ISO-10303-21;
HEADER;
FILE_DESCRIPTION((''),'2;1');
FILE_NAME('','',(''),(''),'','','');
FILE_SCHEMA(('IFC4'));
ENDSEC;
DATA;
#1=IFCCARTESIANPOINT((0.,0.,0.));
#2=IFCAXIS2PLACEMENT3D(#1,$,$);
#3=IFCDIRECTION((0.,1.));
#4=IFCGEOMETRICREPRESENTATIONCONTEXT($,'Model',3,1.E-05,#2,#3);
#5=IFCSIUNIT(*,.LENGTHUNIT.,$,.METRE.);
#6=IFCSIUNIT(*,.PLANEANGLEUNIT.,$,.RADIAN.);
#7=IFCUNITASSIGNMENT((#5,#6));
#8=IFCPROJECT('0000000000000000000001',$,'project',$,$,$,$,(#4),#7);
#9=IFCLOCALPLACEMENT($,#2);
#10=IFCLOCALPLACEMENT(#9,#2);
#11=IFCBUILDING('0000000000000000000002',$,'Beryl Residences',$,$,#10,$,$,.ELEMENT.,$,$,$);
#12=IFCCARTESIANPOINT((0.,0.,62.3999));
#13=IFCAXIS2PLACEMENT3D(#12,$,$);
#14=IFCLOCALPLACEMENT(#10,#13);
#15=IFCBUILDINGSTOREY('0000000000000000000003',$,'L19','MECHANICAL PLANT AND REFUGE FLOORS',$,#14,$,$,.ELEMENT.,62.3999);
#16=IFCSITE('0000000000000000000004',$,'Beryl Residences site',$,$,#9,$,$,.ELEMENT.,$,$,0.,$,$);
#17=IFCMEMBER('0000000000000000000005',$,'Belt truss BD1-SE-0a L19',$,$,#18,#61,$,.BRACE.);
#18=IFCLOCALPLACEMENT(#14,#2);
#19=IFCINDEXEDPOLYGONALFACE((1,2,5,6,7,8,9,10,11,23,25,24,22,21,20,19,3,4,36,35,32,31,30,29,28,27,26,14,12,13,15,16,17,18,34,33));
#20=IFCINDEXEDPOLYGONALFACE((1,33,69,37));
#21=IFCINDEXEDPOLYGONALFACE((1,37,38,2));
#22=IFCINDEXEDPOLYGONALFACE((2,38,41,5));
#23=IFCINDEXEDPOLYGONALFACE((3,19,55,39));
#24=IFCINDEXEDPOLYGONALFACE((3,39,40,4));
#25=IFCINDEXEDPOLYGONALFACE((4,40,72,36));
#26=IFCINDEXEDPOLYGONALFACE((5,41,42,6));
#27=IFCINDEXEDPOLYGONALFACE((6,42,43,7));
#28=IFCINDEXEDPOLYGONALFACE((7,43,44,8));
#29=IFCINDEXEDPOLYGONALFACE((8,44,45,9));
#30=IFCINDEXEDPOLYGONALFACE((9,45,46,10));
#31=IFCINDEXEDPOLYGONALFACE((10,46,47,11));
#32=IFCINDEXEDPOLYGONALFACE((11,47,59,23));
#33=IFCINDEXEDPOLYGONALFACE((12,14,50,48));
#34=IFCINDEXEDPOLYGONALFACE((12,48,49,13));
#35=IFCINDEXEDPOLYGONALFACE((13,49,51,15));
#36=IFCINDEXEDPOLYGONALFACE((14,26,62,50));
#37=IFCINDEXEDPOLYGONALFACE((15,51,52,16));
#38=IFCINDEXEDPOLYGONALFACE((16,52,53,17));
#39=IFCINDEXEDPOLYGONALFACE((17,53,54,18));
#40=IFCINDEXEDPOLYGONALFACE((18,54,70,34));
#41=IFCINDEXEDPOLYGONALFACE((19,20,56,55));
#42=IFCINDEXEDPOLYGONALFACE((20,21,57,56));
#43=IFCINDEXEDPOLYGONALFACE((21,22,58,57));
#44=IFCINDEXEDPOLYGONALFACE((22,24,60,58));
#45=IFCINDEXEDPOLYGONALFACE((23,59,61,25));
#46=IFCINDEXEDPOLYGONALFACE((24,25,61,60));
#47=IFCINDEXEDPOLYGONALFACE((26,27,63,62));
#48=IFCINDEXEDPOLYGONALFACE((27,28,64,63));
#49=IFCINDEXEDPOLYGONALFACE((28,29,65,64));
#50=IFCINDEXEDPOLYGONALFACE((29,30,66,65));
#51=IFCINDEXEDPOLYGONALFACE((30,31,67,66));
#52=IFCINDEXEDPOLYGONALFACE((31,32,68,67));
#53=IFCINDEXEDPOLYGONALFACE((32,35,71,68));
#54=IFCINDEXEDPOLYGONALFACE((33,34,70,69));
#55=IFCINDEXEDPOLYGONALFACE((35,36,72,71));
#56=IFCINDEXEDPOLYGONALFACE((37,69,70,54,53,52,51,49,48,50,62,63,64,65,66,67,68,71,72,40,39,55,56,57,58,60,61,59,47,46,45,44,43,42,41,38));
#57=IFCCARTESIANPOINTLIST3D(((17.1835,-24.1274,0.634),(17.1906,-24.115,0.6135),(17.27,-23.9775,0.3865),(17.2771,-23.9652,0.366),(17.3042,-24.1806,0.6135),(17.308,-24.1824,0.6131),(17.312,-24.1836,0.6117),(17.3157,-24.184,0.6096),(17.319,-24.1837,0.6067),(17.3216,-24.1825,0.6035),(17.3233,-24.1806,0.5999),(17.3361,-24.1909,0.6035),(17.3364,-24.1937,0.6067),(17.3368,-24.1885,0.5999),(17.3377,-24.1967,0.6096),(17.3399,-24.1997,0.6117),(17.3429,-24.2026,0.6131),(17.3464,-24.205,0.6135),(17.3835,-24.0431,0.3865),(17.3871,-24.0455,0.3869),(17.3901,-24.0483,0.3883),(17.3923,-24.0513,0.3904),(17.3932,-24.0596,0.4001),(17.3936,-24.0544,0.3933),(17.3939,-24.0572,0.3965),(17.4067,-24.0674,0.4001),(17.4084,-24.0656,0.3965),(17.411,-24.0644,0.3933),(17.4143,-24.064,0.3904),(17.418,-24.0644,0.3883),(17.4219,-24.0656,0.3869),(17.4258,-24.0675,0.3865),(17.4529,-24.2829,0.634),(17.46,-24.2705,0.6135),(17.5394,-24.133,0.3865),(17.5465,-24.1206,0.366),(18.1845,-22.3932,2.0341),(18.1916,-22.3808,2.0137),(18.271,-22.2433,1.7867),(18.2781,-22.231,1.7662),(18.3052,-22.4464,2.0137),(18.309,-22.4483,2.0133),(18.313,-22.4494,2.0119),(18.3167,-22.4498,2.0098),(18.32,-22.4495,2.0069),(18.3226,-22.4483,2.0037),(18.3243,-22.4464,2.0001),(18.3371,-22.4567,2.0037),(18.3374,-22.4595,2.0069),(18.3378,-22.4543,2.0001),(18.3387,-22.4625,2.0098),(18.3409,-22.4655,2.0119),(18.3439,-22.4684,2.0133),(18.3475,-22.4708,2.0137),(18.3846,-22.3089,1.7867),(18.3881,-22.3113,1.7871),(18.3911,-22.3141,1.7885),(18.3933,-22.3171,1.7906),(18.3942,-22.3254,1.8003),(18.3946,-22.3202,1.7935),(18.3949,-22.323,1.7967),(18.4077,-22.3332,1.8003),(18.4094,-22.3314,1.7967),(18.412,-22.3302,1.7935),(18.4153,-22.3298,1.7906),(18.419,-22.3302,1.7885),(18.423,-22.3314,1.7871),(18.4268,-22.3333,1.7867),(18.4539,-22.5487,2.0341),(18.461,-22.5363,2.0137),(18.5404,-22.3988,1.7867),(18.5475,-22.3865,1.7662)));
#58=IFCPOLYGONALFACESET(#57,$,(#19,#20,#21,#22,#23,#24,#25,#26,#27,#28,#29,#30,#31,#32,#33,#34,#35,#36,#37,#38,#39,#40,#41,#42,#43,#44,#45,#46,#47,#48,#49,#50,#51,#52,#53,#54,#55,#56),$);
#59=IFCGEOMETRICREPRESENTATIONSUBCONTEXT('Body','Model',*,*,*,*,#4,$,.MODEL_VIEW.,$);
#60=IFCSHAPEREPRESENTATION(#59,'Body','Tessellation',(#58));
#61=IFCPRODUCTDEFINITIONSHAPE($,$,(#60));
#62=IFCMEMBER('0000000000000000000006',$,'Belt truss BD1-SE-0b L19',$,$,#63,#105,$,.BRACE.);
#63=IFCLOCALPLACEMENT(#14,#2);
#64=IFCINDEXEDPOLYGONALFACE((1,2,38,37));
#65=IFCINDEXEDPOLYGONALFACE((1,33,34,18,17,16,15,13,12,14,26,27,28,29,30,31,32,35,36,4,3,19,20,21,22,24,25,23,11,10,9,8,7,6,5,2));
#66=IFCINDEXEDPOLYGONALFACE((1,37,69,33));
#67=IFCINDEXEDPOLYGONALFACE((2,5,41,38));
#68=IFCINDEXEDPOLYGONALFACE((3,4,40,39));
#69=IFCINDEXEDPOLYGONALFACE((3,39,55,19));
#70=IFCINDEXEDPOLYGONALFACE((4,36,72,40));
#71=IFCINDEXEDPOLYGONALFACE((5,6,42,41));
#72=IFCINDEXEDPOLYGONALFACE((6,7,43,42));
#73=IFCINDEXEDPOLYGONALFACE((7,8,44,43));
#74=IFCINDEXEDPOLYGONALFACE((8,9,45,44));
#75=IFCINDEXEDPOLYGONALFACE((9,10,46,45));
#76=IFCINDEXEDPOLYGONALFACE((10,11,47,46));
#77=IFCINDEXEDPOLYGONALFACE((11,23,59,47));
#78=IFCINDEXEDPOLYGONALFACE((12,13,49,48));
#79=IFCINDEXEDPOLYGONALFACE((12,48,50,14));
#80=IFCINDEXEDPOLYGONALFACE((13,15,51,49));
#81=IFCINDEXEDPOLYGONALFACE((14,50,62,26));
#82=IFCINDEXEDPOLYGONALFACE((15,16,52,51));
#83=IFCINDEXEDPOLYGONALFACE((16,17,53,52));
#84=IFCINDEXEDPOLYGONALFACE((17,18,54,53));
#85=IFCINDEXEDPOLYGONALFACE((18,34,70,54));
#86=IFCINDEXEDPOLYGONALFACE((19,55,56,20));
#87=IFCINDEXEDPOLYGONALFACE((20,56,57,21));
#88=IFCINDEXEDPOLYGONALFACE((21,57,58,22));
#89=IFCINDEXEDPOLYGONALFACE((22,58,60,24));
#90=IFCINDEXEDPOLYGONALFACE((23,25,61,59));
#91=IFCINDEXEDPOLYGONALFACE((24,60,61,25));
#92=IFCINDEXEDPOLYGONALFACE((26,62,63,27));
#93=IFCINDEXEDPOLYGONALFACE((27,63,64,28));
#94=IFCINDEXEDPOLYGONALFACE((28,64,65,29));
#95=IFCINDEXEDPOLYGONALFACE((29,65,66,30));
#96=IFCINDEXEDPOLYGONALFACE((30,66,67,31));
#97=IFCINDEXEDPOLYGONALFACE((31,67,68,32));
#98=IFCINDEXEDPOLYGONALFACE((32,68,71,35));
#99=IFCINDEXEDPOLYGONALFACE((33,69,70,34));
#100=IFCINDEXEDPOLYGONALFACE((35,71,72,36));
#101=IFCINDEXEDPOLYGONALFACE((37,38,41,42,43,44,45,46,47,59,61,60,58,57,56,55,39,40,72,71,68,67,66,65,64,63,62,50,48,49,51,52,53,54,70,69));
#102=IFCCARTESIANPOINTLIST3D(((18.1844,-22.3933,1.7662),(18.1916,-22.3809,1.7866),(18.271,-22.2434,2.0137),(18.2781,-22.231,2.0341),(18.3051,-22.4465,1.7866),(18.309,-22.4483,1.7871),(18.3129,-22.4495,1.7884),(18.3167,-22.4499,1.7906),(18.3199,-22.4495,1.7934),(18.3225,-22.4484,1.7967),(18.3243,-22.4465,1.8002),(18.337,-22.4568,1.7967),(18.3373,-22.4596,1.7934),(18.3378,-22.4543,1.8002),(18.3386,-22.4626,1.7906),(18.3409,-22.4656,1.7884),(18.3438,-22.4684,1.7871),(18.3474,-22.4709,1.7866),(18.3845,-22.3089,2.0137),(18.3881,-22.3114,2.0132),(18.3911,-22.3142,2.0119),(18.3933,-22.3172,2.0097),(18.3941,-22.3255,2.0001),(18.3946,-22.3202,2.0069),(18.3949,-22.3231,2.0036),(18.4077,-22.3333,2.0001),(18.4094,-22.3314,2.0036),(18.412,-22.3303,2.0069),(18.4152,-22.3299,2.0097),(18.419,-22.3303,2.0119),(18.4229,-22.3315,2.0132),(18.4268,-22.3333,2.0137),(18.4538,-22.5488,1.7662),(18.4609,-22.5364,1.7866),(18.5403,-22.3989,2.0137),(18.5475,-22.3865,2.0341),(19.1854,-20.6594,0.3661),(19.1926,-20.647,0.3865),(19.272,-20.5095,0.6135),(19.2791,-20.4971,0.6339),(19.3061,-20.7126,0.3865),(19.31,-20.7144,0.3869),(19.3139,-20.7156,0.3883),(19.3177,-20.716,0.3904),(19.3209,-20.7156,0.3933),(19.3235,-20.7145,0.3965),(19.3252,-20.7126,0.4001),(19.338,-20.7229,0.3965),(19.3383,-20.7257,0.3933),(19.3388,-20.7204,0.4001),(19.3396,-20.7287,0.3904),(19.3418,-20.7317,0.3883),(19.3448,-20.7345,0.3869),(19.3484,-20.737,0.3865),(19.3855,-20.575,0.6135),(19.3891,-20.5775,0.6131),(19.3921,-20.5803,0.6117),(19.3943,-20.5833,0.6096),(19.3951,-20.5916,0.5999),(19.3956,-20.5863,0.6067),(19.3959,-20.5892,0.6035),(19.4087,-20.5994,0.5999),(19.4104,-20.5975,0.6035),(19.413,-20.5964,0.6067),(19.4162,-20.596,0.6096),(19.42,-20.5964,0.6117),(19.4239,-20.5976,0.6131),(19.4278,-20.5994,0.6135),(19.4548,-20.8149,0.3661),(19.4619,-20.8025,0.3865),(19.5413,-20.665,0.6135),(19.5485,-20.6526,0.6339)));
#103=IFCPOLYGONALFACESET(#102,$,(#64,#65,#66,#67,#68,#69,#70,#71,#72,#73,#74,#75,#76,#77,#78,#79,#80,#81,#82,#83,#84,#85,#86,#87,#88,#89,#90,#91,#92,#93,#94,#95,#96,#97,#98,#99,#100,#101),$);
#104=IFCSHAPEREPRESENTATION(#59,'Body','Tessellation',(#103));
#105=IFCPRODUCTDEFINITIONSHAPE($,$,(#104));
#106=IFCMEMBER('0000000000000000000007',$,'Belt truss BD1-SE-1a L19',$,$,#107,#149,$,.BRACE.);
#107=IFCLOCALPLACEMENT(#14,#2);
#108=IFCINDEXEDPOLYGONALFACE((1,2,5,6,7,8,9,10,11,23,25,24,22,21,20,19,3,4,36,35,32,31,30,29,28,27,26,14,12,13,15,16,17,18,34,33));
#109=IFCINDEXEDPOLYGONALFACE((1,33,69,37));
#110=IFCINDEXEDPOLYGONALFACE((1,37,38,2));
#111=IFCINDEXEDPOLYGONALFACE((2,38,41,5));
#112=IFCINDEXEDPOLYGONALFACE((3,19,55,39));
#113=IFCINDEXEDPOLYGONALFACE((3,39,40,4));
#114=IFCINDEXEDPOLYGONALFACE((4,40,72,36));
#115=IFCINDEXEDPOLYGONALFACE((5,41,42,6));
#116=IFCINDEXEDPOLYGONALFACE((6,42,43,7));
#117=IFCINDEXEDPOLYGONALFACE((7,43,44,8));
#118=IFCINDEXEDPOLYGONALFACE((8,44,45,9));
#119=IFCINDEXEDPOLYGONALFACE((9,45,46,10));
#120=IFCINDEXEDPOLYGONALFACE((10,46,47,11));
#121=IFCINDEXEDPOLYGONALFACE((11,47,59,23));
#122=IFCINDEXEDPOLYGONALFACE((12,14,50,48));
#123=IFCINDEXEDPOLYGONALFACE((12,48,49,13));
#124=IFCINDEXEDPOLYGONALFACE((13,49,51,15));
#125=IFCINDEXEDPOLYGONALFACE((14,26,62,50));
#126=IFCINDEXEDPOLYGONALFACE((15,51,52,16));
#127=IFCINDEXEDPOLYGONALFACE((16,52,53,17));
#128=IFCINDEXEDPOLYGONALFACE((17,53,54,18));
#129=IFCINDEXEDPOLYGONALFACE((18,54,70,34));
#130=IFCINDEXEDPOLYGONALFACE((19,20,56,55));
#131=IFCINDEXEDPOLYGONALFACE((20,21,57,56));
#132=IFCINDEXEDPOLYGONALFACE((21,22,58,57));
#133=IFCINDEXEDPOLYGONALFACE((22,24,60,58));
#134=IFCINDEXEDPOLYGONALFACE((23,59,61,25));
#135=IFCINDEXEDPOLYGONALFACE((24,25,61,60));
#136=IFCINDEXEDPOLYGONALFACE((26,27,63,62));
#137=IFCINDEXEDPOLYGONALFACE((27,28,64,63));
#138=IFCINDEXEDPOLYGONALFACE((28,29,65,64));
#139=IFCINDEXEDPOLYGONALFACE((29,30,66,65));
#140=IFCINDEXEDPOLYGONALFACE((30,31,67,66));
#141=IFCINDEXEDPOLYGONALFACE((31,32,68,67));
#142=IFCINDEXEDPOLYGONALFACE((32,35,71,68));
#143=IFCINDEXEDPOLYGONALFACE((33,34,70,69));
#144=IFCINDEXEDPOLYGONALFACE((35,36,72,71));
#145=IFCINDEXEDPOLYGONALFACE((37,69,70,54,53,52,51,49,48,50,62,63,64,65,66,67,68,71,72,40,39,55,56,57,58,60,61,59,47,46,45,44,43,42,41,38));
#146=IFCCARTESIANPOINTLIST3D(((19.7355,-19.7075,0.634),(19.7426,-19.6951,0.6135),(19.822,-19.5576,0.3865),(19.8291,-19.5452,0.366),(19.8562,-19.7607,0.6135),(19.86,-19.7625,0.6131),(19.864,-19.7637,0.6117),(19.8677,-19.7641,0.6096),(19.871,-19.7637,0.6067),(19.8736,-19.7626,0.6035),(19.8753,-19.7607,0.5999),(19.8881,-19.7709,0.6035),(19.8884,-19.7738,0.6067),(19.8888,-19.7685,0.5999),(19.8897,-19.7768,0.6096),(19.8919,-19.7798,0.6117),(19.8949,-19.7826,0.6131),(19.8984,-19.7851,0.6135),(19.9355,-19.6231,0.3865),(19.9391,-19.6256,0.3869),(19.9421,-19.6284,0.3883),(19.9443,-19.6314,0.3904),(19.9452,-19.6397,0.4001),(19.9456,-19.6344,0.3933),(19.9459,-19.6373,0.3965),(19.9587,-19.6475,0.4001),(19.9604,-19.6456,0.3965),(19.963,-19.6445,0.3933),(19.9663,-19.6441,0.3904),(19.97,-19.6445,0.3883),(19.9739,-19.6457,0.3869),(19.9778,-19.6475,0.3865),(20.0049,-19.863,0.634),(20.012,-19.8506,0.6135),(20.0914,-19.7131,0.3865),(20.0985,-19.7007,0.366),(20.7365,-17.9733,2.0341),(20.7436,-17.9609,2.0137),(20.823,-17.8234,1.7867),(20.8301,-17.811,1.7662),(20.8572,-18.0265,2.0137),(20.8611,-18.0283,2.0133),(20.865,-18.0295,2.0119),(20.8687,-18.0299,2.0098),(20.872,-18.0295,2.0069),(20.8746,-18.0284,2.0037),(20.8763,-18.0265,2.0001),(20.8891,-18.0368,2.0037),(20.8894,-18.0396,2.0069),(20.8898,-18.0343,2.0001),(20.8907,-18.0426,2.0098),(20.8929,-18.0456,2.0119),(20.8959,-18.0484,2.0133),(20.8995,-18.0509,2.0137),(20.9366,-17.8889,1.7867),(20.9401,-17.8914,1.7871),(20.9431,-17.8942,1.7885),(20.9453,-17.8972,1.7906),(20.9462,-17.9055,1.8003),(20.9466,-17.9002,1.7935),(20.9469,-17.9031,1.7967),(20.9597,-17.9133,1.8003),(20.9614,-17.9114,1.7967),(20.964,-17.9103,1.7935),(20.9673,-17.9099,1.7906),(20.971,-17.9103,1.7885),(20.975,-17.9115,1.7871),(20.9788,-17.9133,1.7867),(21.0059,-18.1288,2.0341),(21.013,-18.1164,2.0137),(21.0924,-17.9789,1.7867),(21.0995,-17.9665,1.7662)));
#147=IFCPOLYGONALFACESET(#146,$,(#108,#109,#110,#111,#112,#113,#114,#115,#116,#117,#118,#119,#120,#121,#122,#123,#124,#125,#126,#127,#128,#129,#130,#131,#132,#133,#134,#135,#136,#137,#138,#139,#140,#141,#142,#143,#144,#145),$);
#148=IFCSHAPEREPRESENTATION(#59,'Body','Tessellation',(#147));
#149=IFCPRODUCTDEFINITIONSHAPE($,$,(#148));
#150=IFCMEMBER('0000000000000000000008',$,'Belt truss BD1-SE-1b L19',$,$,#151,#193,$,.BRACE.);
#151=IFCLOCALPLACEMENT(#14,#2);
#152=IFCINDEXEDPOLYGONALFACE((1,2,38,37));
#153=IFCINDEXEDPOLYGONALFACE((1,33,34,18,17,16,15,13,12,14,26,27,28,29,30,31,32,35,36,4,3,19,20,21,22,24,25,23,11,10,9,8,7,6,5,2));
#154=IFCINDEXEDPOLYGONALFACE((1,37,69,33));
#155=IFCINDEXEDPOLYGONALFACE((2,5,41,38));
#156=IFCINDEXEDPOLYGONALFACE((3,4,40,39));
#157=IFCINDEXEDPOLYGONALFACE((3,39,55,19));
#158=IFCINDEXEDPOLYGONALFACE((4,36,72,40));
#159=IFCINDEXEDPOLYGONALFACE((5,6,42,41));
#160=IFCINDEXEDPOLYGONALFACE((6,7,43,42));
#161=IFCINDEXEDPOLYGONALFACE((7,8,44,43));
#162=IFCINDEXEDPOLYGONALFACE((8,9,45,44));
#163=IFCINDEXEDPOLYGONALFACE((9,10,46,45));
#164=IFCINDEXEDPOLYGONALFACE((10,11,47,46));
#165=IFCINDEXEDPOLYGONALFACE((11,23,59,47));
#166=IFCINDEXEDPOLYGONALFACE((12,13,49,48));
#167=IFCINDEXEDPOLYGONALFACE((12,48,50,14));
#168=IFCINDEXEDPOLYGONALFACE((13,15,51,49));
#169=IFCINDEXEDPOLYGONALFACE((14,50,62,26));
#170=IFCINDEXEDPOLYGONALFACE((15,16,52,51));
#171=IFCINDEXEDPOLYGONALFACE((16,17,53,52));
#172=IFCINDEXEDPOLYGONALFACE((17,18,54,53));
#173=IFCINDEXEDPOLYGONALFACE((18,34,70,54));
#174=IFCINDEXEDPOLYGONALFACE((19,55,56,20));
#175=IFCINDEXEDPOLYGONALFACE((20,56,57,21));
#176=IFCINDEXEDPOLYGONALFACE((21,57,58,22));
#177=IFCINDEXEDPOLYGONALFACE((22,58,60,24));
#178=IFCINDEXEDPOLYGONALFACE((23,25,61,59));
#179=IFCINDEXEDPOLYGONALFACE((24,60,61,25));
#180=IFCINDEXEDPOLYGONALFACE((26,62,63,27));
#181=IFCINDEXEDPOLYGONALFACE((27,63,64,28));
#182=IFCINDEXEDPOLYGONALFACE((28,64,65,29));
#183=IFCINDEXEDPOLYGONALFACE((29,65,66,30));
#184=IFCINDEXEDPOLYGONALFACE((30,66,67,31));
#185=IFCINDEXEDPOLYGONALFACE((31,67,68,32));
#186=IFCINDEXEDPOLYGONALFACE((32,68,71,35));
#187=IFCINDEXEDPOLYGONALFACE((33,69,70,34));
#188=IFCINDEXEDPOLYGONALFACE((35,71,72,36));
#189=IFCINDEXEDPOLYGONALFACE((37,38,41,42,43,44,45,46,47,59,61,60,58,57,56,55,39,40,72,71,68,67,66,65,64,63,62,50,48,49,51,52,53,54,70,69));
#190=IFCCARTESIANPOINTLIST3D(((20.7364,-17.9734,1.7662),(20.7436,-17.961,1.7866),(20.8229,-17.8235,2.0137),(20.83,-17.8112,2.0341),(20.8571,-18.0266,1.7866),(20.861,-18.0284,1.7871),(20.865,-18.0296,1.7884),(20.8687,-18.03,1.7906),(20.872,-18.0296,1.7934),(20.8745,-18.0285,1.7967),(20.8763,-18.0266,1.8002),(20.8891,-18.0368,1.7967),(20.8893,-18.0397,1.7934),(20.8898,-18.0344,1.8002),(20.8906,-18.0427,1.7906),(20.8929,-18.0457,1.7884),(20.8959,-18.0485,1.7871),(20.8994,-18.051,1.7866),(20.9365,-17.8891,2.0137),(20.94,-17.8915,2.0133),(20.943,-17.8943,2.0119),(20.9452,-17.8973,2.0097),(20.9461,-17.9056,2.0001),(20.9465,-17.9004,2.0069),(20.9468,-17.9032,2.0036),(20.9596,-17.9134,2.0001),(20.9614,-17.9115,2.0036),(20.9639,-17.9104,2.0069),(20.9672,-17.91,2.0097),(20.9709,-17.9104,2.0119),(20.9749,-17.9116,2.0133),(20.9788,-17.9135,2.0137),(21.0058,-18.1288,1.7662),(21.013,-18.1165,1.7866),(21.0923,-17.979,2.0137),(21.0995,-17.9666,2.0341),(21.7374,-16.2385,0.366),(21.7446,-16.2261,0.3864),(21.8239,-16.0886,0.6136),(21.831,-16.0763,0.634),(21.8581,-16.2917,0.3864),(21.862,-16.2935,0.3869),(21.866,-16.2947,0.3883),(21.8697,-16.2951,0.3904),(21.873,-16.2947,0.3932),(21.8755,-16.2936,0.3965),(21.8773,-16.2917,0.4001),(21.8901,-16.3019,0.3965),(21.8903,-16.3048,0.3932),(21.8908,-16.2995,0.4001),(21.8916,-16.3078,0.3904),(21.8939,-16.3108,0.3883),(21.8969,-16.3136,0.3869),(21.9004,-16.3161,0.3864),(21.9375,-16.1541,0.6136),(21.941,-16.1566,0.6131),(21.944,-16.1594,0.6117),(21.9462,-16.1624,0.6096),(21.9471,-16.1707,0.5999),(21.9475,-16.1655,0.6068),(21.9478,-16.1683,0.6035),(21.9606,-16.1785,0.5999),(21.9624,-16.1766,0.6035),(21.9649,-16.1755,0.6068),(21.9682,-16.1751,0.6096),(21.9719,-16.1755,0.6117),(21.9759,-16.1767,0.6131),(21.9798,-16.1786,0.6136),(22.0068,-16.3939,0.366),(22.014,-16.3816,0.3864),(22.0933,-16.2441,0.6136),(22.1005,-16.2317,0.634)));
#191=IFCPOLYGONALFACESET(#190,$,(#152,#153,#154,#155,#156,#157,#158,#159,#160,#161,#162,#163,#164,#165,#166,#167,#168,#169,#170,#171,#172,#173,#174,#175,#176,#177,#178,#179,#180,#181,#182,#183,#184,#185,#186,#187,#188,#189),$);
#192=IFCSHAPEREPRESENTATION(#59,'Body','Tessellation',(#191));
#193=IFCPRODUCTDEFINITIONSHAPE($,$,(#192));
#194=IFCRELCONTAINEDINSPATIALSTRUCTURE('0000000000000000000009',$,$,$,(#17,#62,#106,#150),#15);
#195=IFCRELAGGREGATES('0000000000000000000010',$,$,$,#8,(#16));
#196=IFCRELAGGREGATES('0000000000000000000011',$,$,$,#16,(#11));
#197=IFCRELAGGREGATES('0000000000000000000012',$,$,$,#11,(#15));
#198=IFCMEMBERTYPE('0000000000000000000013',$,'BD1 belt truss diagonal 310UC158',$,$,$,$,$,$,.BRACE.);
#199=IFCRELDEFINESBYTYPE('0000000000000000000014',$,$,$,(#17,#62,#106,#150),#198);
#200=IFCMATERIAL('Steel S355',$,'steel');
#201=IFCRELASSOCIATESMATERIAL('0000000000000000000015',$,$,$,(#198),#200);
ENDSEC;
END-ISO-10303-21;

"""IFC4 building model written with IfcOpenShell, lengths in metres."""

from ifc_helpers import new_model, si_unit, direction, frame, origin, origin_2d, place, context, subcontext, project, spatial, i_section, extrude, material, material_profile, profile_set, type_object, element, save


model = new_model("IFC4")

# Units and contexts
model_context = context("Model", 3, precision=1e-05, world=origin(), true_north=direction((0.0, 1.0)))
body_context = subcontext(model_context, "Body", "Model", "MODEL_VIEW")
ifc_project = project(units=[si_unit("LENGTHUNIT", "METRE"), si_unit("PLANEANGLEUNIT", "RADIAN")], contexts=[model_context])

# Site, building, storey
site_placement = place(None, origin())
site = spatial("IfcSite", under=ifc_project, at=site_placement, Name="Beryl Residences site", CompositionType="ELEMENT", RefElevation=0.0)
building_placement = place(site_placement, origin())
building = spatial("IfcBuilding", under=site, at=building_placement, Name="Beryl Residences", CompositionType="ELEMENT")
storey_placement = place(building_placement, frame((0.0, 0.0, 62.3999)))
storey = spatial("IfcBuildingStorey", under=building, at=storey_placement, Name="L19", Description="MECHANICAL PLANT AND REFUGE FLOORS", CompositionType="ELEMENT", Elevation=62.3999)

# Members
ifc_material_1 = material(Name="Steel S355", Category="steel")
ifc_material_profile_1 = material_profile(ifc_material_1, i_section(OverallWidth=0.311, OverallDepth=0.3269, WebThickness=0.0156, FlangeThickness=0.0249, FilletRadius=0.0166, at=origin_2d()))
ifc_profile_set_1 = profile_set([ifc_material_profile_1], Name="Steel S355")
member_type_1 = type_object("IfcMemberType", Name="BD1 belt truss diagonal 310UC158", PredefinedType="BRACE", material=ifc_profile_set_1)
member_1_placement = place(storey_placement, frame((17.365, -24.124, 0.5), z_axis=(0.409687, 0.709758, 0.573062), x_axis=(-0.866074, 0.499916, 0.0)))
element("IfcMember", 1, at=member_1_placement, inside=storey, type_object=member_type_1, Name="Belt truss BD1-SE-0a L19", PredefinedType="BRACE", context=body_context, shape_type="SweptSolid", body=[
    extrude(i_section(OverallWidth=0.311, OverallDepth=0.3269, WebThickness=0.0156, FlangeThickness=0.0249, FilletRadius=0.0166, at=origin_2d()), origin(), (0.0, 0.0, 1.0), 2.4434),
])
member_2_placement = place(storey_placement, frame((19.3669, -20.656, 0.5), z_axis=(-0.409716, -0.709708, 0.573103), x_axis=(0.866043, -0.499969, 0.0)))
element("IfcMember", 2, at=member_2_placement, inside=storey, type_object=member_type_1, Name="Belt truss BD1-SE-0b L19", PredefinedType="BRACE", context=body_context, shape_type="SweptSolid", body=[
    extrude(i_section(OverallWidth=0.311, OverallDepth=0.3269, WebThickness=0.0156, FlangeThickness=0.0249, FilletRadius=0.0166, at=origin_2d()), origin(), (0.0, 0.0, 1.0), 2.4431),
])
member_3_placement = place(storey_placement, frame((19.917, -19.7041, 0.5), z_axis=(0.409687, 0.709758, 0.573062), x_axis=(-0.866074, 0.499916, 0.0)))
element("IfcMember", 3, at=member_3_placement, inside=storey, type_object=member_type_1, Name="Belt truss BD1-SE-1a L19", PredefinedType="BRACE", context=body_context, shape_type="SweptSolid", body=[
    extrude(i_section(OverallWidth=0.311, OverallDepth=0.3269, WebThickness=0.0156, FlangeThickness=0.0249, FilletRadius=0.0166, at=origin_2d()), origin(), (0.0, 0.0, 1.0), 2.4434),
])
member_4_placement = place(storey_placement, frame((21.9189, -16.2351, 0.5), z_axis=(-0.4096, -0.709907, 0.57294), x_axis=(0.866165, -0.499758, 0.0)))
element("IfcMember", 4, at=member_4_placement, inside=storey, type_object=member_type_1, Name="Belt truss BD1-SE-1b L19", PredefinedType="BRACE", context=body_context, shape_type="SweptSolid", body=[
    extrude(i_section(OverallWidth=0.311, OverallDepth=0.3269, WebThickness=0.0156, FlangeThickness=0.0249, FilletRadius=0.0166, at=origin_2d()), origin(), (0.0, 0.0, 1.0), 2.4438),
])

save(model, "model.ifc")
